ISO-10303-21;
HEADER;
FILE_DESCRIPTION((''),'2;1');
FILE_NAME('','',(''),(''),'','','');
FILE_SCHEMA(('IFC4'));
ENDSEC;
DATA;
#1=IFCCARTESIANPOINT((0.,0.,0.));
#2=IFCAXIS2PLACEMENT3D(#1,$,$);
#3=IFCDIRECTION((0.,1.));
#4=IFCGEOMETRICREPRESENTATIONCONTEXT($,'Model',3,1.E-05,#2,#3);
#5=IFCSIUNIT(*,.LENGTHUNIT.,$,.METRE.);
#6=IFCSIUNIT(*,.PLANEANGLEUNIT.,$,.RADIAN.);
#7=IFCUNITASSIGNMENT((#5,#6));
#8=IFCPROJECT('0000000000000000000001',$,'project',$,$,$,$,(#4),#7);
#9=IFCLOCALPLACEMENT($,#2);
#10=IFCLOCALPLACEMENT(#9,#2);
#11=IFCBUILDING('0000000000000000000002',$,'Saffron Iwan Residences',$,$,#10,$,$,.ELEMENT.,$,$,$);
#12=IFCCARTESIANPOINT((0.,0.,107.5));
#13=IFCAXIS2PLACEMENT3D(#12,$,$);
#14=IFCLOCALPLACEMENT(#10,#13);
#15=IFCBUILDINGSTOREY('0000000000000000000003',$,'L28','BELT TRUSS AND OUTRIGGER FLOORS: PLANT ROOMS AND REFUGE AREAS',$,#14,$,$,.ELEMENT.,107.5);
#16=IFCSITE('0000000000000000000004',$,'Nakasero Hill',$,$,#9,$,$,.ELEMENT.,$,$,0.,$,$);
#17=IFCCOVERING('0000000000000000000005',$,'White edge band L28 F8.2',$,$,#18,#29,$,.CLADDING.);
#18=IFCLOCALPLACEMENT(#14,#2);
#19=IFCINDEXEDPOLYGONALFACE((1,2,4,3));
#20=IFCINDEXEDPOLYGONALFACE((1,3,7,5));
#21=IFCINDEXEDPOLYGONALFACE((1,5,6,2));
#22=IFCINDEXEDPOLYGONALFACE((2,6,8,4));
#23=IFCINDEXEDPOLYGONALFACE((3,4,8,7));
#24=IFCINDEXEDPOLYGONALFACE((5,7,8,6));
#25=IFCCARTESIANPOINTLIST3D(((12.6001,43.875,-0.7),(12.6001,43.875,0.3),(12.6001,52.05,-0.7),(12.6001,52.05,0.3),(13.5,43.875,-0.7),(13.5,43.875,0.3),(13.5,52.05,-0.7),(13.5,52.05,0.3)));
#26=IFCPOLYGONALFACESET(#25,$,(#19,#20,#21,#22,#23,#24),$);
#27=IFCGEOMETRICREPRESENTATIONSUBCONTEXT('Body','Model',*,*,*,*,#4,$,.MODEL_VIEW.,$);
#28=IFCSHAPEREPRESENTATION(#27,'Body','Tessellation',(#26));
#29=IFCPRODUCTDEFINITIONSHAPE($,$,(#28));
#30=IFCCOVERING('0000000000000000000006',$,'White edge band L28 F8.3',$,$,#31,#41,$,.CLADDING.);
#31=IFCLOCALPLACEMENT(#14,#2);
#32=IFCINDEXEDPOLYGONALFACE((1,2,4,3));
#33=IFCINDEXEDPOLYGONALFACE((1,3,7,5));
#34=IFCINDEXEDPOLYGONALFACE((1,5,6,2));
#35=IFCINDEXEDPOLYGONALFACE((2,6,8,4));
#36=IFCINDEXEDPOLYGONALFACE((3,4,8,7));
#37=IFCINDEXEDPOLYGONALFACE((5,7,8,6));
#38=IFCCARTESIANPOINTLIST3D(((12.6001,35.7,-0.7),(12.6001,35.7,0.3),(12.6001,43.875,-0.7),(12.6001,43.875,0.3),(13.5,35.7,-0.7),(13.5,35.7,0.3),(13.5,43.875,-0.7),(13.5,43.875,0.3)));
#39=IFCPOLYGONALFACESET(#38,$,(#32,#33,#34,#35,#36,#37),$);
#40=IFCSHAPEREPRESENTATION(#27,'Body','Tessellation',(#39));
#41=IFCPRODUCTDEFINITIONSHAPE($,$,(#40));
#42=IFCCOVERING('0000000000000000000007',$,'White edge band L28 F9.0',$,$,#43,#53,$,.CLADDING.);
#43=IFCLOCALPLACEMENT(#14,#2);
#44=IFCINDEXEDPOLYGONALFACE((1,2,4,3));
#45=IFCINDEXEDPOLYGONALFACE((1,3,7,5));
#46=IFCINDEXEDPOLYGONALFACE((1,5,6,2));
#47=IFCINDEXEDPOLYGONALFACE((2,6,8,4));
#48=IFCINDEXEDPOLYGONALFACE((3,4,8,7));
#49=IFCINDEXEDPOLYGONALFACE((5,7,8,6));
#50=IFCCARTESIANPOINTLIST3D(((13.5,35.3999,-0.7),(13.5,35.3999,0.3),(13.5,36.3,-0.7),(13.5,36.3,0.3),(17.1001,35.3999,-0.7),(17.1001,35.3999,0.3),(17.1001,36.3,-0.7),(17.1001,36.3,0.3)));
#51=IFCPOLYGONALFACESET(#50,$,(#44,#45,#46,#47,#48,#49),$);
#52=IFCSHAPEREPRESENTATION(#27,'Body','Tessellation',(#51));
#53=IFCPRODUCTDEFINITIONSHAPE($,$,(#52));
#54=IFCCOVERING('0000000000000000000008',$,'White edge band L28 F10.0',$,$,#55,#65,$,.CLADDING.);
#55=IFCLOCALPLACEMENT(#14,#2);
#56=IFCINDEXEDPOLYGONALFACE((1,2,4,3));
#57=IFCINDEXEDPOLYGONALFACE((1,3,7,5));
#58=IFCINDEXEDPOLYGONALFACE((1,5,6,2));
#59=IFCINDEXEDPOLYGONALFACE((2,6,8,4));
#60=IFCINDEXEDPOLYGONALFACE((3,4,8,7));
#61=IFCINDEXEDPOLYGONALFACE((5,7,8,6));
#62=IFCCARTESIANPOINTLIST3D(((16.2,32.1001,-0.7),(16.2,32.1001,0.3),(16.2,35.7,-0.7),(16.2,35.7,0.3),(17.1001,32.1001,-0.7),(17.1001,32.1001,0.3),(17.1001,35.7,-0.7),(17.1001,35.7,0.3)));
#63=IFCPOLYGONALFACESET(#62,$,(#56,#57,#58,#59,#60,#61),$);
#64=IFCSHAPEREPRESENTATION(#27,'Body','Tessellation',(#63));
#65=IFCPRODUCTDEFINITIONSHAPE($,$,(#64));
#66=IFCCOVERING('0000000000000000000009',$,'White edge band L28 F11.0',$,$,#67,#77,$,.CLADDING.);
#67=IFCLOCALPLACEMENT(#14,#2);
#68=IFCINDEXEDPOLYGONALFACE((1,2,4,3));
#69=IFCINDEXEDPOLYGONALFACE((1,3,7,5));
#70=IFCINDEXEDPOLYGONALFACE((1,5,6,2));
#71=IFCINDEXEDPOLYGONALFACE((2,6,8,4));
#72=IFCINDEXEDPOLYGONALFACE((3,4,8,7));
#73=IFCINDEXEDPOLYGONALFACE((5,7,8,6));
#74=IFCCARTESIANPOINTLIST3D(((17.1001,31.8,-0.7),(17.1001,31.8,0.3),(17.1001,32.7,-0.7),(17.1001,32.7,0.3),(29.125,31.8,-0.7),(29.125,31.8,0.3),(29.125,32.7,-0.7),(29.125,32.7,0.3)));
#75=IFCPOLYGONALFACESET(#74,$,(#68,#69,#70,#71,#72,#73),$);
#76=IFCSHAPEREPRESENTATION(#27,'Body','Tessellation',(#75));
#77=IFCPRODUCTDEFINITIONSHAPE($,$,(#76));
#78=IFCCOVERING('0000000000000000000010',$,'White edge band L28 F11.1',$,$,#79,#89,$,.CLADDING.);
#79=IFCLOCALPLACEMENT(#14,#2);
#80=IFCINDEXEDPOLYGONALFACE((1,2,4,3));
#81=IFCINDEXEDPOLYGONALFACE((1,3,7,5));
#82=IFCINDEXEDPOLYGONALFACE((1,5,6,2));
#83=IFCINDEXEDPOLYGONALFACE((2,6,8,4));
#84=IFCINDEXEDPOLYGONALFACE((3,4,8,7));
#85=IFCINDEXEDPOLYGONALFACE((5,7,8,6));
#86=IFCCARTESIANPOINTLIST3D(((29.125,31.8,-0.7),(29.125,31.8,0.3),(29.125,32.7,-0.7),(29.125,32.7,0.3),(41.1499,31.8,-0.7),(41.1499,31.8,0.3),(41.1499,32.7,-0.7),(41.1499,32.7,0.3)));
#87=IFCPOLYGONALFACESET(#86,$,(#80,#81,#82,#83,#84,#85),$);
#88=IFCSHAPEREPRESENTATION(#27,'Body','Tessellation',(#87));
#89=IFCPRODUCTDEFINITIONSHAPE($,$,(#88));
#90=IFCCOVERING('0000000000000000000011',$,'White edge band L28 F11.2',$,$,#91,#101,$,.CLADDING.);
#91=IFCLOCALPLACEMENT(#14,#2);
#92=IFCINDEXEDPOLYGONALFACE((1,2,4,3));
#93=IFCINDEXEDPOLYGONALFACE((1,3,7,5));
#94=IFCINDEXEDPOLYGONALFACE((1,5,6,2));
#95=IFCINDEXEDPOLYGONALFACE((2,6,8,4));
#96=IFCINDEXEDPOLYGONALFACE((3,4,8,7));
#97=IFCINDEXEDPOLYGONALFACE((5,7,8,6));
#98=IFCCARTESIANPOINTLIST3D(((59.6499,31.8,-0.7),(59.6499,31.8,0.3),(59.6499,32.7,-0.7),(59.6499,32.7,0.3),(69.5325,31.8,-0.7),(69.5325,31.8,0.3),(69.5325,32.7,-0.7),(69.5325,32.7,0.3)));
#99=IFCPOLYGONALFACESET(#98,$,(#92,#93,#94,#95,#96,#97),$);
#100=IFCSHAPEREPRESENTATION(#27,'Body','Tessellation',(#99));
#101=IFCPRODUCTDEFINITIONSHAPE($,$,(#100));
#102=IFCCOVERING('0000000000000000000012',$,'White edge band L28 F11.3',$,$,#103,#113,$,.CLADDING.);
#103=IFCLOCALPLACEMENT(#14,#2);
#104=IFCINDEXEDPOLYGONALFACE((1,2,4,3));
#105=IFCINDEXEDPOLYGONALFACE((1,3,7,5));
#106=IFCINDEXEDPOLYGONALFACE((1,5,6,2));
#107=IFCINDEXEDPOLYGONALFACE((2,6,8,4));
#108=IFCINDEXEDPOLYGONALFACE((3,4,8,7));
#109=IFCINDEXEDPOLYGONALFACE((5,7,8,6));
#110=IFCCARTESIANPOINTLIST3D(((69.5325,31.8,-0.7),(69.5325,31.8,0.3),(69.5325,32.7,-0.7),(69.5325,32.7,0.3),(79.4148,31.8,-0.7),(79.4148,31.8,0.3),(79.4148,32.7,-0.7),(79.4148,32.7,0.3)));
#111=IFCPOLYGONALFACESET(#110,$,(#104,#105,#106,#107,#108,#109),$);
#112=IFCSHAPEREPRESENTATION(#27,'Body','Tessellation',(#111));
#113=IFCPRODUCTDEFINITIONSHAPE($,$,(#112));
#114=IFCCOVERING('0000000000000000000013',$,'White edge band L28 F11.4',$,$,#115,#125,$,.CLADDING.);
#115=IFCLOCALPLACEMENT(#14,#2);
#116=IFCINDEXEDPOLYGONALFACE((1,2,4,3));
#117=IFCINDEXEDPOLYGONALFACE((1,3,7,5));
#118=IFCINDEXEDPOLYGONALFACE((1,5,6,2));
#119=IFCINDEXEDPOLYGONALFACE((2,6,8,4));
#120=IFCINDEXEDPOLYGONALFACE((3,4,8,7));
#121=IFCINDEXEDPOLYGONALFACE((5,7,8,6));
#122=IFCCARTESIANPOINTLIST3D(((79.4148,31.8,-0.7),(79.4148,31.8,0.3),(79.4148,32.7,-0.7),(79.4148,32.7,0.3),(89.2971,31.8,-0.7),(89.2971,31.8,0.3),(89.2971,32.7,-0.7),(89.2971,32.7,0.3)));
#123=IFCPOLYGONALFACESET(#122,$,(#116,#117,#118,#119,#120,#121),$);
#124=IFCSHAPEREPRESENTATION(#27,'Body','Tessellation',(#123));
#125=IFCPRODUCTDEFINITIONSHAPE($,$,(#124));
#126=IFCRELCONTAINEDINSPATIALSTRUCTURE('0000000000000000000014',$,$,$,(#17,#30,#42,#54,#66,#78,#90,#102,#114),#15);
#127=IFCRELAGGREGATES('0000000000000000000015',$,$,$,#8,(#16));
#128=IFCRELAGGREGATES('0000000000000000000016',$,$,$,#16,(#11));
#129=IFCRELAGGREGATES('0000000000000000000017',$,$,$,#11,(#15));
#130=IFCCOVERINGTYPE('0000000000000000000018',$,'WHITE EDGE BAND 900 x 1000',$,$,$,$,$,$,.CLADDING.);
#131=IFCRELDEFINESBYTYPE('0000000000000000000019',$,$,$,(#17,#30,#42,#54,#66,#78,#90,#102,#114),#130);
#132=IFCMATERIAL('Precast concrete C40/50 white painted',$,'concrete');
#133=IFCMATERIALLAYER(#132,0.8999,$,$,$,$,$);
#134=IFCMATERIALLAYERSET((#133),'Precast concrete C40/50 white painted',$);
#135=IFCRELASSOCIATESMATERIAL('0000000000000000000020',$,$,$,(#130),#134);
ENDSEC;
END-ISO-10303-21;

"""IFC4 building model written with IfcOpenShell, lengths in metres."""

from ifc_helpers import new_model, si_unit, direction, frame, origin, place, context, subcontext, project, spatial, polyline, outline, extrude, material, layer, layer_set, type_object, element, save


model = new_model("IFC4")

# Units and contexts
model_context = context("Model", 3, precision=1e-05, world=origin(), true_north=direction((0.0, 1.0)))
body_context = subcontext(model_context, "Body", "Model", "MODEL_VIEW")
ifc_project = project(units=[si_unit("LENGTHUNIT", "METRE"), si_unit("PLANEANGLEUNIT", "RADIAN")], contexts=[model_context])

# Site, building, storey
site_placement = place(None, origin())
site = spatial("IfcSite", under=ifc_project, at=site_placement, Name="Nakasero Hill", CompositionType="ELEMENT", RefElevation=0.0)
building_placement = place(site_placement, origin())
building = spatial("IfcBuilding", under=site, at=building_placement, Name="Saffron Iwan Residences", CompositionType="ELEMENT")
storey_placement = place(building_placement, frame((0.0, 0.0, 107.5)))
storey = spatial("IfcBuildingStorey", under=building, at=storey_placement, Name="L28", Description="BELT TRUSS AND OUTRIGGER FLOORS: PLANT ROOMS AND REFUGE AREAS", CompositionType="ELEMENT", Elevation=107.5)

# Coverings
ifc_material_1 = material(Name="Precast concrete C40/50 white painted", Category="concrete")
ifc_layer_1 = layer(ifc_material_1, 0.8999)
ifc_layer_set_1 = layer_set([ifc_layer_1], Name="Precast concrete C40/50 white painted")
covering_type_1 = type_object("IfcCoveringType", Name="WHITE EDGE BAND 900 x 1000", PredefinedType="CLADDING", material=ifc_layer_set_1)
covering_1_placement = place(storey_placement, frame((0.0, 0.0, -0.7)))
element("IfcCovering", 1, at=covering_1_placement, inside=storey, type_object=covering_type_1, Name="White edge band L28 F8.2", PredefinedType="CLADDING", context=body_context, shape_type="SweptSolid", body=[
    extrude(outline(polyline([(12.6001, 52.05), (12.6001, 43.875), (13.5, 43.875), (13.5, 52.05), (12.6001, 52.05)])), origin(), (0.0, 0.0, 1.0), 1.0),
])
covering_2_placement = place(storey_placement, frame((0.0, 0.0, -0.7)))
element("IfcCovering", 2, at=covering_2_placement, inside=storey, type_object=covering_type_1, Name="White edge band L28 F8.3", PredefinedType="CLADDING", context=body_context, shape_type="SweptSolid", body=[
    extrude(outline(polyline([(12.6001, 43.875), (12.6001, 35.7), (13.5, 35.7), (13.5, 43.875), (12.6001, 43.875)])), origin(), (0.0, 0.0, 1.0), 1.0),
])
covering_3_placement = place(storey_placement, frame((0.0, 0.0, -0.7)))
element("IfcCovering", 3, at=covering_3_placement, inside=storey, type_object=covering_type_1, Name="White edge band L28 F9.0", PredefinedType="CLADDING", context=body_context, shape_type="SweptSolid", body=[
    extrude(outline(polyline([(13.5, 35.3999), (17.1001, 35.3999), (17.1001, 36.3), (13.5, 36.3), (13.5, 35.3999)])), origin(), (0.0, 0.0, 1.0), 1.0),
])
covering_4_placement = place(storey_placement, frame((0.0, 0.0, -0.7)))
element("IfcCovering", 4, at=covering_4_placement, inside=storey, type_object=covering_type_1, Name="White edge band L28 F10.0", PredefinedType="CLADDING", context=body_context, shape_type="SweptSolid", body=[
    extrude(outline(polyline([(16.2, 35.7), (16.2, 32.1001), (17.1001, 32.1001), (17.1001, 35.7), (16.2, 35.7)])), origin(), (0.0, 0.0, 1.0), 1.0),
])
covering_5_placement = place(storey_placement, frame((0.0, 0.0, -0.7)))
element("IfcCovering", 5, at=covering_5_placement, inside=storey, type_object=covering_type_1, Name="White edge band L28 F11.0", PredefinedType="CLADDING", context=body_context, shape_type="SweptSolid", body=[
    extrude(outline(polyline([(17.1001, 31.8), (29.125, 31.8), (29.125, 32.7), (17.1001, 32.7), (17.1001, 31.8)])), origin(), (0.0, 0.0, 1.0), 1.0),
])
covering_6_placement = place(storey_placement, frame((0.0, 0.0, -0.7)))
element("IfcCovering", 6, at=covering_6_placement, inside=storey, type_object=covering_type_1, Name="White edge band L28 F11.1", PredefinedType="CLADDING", context=body_context, shape_type="SweptSolid", body=[
    extrude(outline(polyline([(29.125, 31.8), (41.1499, 31.8), (41.1499, 32.7), (29.125, 32.7), (29.125, 31.8)])), origin(), (0.0, 0.0, 1.0), 1.0),
])
covering_7_placement = place(storey_placement, frame((0.0, 0.0, -0.7)))
element("IfcCovering", 7, at=covering_7_placement, inside=storey, type_object=covering_type_1, Name="White edge band L28 F11.2", PredefinedType="CLADDING", context=body_context, shape_type="SweptSolid", body=[
    extrude(outline(polyline([(59.6499, 31.8), (69.5325, 31.8), (69.5325, 32.7), (59.6499, 32.7), (59.6499, 31.8)])), origin(), (0.0, 0.0, 1.0), 1.0),
])
covering_8_placement = place(storey_placement, frame((0.0, 0.0, -0.7)))
element("IfcCovering", 8, at=covering_8_placement, inside=storey, type_object=covering_type_1, Name="White edge band L28 F11.3", PredefinedType="CLADDING", context=body_context, shape_type="SweptSolid", body=[
    extrude(outline(polyline([(69.5325, 31.8), (79.4148, 31.8), (79.4148, 32.7), (69.5325, 32.7), (69.5325, 31.8)])), origin(), (0.0, 0.0, 1.0), 1.0),
])
covering_9_placement = place(storey_placement, frame((0.0, 0.0, -0.7)))
element("IfcCovering", 9, at=covering_9_placement, inside=storey, type_object=covering_type_1, Name="White edge band L28 F11.4", PredefinedType="CLADDING", context=body_context, shape_type="SweptSolid", body=[
    extrude(outline(polyline([(79.4148, 31.8), (89.2971, 31.8), (89.2971, 32.7), (79.4148, 32.7), (79.4148, 31.8)])), origin(), (0.0, 0.0, 1.0), 1.0),
])

save(model, "model.ifc")
